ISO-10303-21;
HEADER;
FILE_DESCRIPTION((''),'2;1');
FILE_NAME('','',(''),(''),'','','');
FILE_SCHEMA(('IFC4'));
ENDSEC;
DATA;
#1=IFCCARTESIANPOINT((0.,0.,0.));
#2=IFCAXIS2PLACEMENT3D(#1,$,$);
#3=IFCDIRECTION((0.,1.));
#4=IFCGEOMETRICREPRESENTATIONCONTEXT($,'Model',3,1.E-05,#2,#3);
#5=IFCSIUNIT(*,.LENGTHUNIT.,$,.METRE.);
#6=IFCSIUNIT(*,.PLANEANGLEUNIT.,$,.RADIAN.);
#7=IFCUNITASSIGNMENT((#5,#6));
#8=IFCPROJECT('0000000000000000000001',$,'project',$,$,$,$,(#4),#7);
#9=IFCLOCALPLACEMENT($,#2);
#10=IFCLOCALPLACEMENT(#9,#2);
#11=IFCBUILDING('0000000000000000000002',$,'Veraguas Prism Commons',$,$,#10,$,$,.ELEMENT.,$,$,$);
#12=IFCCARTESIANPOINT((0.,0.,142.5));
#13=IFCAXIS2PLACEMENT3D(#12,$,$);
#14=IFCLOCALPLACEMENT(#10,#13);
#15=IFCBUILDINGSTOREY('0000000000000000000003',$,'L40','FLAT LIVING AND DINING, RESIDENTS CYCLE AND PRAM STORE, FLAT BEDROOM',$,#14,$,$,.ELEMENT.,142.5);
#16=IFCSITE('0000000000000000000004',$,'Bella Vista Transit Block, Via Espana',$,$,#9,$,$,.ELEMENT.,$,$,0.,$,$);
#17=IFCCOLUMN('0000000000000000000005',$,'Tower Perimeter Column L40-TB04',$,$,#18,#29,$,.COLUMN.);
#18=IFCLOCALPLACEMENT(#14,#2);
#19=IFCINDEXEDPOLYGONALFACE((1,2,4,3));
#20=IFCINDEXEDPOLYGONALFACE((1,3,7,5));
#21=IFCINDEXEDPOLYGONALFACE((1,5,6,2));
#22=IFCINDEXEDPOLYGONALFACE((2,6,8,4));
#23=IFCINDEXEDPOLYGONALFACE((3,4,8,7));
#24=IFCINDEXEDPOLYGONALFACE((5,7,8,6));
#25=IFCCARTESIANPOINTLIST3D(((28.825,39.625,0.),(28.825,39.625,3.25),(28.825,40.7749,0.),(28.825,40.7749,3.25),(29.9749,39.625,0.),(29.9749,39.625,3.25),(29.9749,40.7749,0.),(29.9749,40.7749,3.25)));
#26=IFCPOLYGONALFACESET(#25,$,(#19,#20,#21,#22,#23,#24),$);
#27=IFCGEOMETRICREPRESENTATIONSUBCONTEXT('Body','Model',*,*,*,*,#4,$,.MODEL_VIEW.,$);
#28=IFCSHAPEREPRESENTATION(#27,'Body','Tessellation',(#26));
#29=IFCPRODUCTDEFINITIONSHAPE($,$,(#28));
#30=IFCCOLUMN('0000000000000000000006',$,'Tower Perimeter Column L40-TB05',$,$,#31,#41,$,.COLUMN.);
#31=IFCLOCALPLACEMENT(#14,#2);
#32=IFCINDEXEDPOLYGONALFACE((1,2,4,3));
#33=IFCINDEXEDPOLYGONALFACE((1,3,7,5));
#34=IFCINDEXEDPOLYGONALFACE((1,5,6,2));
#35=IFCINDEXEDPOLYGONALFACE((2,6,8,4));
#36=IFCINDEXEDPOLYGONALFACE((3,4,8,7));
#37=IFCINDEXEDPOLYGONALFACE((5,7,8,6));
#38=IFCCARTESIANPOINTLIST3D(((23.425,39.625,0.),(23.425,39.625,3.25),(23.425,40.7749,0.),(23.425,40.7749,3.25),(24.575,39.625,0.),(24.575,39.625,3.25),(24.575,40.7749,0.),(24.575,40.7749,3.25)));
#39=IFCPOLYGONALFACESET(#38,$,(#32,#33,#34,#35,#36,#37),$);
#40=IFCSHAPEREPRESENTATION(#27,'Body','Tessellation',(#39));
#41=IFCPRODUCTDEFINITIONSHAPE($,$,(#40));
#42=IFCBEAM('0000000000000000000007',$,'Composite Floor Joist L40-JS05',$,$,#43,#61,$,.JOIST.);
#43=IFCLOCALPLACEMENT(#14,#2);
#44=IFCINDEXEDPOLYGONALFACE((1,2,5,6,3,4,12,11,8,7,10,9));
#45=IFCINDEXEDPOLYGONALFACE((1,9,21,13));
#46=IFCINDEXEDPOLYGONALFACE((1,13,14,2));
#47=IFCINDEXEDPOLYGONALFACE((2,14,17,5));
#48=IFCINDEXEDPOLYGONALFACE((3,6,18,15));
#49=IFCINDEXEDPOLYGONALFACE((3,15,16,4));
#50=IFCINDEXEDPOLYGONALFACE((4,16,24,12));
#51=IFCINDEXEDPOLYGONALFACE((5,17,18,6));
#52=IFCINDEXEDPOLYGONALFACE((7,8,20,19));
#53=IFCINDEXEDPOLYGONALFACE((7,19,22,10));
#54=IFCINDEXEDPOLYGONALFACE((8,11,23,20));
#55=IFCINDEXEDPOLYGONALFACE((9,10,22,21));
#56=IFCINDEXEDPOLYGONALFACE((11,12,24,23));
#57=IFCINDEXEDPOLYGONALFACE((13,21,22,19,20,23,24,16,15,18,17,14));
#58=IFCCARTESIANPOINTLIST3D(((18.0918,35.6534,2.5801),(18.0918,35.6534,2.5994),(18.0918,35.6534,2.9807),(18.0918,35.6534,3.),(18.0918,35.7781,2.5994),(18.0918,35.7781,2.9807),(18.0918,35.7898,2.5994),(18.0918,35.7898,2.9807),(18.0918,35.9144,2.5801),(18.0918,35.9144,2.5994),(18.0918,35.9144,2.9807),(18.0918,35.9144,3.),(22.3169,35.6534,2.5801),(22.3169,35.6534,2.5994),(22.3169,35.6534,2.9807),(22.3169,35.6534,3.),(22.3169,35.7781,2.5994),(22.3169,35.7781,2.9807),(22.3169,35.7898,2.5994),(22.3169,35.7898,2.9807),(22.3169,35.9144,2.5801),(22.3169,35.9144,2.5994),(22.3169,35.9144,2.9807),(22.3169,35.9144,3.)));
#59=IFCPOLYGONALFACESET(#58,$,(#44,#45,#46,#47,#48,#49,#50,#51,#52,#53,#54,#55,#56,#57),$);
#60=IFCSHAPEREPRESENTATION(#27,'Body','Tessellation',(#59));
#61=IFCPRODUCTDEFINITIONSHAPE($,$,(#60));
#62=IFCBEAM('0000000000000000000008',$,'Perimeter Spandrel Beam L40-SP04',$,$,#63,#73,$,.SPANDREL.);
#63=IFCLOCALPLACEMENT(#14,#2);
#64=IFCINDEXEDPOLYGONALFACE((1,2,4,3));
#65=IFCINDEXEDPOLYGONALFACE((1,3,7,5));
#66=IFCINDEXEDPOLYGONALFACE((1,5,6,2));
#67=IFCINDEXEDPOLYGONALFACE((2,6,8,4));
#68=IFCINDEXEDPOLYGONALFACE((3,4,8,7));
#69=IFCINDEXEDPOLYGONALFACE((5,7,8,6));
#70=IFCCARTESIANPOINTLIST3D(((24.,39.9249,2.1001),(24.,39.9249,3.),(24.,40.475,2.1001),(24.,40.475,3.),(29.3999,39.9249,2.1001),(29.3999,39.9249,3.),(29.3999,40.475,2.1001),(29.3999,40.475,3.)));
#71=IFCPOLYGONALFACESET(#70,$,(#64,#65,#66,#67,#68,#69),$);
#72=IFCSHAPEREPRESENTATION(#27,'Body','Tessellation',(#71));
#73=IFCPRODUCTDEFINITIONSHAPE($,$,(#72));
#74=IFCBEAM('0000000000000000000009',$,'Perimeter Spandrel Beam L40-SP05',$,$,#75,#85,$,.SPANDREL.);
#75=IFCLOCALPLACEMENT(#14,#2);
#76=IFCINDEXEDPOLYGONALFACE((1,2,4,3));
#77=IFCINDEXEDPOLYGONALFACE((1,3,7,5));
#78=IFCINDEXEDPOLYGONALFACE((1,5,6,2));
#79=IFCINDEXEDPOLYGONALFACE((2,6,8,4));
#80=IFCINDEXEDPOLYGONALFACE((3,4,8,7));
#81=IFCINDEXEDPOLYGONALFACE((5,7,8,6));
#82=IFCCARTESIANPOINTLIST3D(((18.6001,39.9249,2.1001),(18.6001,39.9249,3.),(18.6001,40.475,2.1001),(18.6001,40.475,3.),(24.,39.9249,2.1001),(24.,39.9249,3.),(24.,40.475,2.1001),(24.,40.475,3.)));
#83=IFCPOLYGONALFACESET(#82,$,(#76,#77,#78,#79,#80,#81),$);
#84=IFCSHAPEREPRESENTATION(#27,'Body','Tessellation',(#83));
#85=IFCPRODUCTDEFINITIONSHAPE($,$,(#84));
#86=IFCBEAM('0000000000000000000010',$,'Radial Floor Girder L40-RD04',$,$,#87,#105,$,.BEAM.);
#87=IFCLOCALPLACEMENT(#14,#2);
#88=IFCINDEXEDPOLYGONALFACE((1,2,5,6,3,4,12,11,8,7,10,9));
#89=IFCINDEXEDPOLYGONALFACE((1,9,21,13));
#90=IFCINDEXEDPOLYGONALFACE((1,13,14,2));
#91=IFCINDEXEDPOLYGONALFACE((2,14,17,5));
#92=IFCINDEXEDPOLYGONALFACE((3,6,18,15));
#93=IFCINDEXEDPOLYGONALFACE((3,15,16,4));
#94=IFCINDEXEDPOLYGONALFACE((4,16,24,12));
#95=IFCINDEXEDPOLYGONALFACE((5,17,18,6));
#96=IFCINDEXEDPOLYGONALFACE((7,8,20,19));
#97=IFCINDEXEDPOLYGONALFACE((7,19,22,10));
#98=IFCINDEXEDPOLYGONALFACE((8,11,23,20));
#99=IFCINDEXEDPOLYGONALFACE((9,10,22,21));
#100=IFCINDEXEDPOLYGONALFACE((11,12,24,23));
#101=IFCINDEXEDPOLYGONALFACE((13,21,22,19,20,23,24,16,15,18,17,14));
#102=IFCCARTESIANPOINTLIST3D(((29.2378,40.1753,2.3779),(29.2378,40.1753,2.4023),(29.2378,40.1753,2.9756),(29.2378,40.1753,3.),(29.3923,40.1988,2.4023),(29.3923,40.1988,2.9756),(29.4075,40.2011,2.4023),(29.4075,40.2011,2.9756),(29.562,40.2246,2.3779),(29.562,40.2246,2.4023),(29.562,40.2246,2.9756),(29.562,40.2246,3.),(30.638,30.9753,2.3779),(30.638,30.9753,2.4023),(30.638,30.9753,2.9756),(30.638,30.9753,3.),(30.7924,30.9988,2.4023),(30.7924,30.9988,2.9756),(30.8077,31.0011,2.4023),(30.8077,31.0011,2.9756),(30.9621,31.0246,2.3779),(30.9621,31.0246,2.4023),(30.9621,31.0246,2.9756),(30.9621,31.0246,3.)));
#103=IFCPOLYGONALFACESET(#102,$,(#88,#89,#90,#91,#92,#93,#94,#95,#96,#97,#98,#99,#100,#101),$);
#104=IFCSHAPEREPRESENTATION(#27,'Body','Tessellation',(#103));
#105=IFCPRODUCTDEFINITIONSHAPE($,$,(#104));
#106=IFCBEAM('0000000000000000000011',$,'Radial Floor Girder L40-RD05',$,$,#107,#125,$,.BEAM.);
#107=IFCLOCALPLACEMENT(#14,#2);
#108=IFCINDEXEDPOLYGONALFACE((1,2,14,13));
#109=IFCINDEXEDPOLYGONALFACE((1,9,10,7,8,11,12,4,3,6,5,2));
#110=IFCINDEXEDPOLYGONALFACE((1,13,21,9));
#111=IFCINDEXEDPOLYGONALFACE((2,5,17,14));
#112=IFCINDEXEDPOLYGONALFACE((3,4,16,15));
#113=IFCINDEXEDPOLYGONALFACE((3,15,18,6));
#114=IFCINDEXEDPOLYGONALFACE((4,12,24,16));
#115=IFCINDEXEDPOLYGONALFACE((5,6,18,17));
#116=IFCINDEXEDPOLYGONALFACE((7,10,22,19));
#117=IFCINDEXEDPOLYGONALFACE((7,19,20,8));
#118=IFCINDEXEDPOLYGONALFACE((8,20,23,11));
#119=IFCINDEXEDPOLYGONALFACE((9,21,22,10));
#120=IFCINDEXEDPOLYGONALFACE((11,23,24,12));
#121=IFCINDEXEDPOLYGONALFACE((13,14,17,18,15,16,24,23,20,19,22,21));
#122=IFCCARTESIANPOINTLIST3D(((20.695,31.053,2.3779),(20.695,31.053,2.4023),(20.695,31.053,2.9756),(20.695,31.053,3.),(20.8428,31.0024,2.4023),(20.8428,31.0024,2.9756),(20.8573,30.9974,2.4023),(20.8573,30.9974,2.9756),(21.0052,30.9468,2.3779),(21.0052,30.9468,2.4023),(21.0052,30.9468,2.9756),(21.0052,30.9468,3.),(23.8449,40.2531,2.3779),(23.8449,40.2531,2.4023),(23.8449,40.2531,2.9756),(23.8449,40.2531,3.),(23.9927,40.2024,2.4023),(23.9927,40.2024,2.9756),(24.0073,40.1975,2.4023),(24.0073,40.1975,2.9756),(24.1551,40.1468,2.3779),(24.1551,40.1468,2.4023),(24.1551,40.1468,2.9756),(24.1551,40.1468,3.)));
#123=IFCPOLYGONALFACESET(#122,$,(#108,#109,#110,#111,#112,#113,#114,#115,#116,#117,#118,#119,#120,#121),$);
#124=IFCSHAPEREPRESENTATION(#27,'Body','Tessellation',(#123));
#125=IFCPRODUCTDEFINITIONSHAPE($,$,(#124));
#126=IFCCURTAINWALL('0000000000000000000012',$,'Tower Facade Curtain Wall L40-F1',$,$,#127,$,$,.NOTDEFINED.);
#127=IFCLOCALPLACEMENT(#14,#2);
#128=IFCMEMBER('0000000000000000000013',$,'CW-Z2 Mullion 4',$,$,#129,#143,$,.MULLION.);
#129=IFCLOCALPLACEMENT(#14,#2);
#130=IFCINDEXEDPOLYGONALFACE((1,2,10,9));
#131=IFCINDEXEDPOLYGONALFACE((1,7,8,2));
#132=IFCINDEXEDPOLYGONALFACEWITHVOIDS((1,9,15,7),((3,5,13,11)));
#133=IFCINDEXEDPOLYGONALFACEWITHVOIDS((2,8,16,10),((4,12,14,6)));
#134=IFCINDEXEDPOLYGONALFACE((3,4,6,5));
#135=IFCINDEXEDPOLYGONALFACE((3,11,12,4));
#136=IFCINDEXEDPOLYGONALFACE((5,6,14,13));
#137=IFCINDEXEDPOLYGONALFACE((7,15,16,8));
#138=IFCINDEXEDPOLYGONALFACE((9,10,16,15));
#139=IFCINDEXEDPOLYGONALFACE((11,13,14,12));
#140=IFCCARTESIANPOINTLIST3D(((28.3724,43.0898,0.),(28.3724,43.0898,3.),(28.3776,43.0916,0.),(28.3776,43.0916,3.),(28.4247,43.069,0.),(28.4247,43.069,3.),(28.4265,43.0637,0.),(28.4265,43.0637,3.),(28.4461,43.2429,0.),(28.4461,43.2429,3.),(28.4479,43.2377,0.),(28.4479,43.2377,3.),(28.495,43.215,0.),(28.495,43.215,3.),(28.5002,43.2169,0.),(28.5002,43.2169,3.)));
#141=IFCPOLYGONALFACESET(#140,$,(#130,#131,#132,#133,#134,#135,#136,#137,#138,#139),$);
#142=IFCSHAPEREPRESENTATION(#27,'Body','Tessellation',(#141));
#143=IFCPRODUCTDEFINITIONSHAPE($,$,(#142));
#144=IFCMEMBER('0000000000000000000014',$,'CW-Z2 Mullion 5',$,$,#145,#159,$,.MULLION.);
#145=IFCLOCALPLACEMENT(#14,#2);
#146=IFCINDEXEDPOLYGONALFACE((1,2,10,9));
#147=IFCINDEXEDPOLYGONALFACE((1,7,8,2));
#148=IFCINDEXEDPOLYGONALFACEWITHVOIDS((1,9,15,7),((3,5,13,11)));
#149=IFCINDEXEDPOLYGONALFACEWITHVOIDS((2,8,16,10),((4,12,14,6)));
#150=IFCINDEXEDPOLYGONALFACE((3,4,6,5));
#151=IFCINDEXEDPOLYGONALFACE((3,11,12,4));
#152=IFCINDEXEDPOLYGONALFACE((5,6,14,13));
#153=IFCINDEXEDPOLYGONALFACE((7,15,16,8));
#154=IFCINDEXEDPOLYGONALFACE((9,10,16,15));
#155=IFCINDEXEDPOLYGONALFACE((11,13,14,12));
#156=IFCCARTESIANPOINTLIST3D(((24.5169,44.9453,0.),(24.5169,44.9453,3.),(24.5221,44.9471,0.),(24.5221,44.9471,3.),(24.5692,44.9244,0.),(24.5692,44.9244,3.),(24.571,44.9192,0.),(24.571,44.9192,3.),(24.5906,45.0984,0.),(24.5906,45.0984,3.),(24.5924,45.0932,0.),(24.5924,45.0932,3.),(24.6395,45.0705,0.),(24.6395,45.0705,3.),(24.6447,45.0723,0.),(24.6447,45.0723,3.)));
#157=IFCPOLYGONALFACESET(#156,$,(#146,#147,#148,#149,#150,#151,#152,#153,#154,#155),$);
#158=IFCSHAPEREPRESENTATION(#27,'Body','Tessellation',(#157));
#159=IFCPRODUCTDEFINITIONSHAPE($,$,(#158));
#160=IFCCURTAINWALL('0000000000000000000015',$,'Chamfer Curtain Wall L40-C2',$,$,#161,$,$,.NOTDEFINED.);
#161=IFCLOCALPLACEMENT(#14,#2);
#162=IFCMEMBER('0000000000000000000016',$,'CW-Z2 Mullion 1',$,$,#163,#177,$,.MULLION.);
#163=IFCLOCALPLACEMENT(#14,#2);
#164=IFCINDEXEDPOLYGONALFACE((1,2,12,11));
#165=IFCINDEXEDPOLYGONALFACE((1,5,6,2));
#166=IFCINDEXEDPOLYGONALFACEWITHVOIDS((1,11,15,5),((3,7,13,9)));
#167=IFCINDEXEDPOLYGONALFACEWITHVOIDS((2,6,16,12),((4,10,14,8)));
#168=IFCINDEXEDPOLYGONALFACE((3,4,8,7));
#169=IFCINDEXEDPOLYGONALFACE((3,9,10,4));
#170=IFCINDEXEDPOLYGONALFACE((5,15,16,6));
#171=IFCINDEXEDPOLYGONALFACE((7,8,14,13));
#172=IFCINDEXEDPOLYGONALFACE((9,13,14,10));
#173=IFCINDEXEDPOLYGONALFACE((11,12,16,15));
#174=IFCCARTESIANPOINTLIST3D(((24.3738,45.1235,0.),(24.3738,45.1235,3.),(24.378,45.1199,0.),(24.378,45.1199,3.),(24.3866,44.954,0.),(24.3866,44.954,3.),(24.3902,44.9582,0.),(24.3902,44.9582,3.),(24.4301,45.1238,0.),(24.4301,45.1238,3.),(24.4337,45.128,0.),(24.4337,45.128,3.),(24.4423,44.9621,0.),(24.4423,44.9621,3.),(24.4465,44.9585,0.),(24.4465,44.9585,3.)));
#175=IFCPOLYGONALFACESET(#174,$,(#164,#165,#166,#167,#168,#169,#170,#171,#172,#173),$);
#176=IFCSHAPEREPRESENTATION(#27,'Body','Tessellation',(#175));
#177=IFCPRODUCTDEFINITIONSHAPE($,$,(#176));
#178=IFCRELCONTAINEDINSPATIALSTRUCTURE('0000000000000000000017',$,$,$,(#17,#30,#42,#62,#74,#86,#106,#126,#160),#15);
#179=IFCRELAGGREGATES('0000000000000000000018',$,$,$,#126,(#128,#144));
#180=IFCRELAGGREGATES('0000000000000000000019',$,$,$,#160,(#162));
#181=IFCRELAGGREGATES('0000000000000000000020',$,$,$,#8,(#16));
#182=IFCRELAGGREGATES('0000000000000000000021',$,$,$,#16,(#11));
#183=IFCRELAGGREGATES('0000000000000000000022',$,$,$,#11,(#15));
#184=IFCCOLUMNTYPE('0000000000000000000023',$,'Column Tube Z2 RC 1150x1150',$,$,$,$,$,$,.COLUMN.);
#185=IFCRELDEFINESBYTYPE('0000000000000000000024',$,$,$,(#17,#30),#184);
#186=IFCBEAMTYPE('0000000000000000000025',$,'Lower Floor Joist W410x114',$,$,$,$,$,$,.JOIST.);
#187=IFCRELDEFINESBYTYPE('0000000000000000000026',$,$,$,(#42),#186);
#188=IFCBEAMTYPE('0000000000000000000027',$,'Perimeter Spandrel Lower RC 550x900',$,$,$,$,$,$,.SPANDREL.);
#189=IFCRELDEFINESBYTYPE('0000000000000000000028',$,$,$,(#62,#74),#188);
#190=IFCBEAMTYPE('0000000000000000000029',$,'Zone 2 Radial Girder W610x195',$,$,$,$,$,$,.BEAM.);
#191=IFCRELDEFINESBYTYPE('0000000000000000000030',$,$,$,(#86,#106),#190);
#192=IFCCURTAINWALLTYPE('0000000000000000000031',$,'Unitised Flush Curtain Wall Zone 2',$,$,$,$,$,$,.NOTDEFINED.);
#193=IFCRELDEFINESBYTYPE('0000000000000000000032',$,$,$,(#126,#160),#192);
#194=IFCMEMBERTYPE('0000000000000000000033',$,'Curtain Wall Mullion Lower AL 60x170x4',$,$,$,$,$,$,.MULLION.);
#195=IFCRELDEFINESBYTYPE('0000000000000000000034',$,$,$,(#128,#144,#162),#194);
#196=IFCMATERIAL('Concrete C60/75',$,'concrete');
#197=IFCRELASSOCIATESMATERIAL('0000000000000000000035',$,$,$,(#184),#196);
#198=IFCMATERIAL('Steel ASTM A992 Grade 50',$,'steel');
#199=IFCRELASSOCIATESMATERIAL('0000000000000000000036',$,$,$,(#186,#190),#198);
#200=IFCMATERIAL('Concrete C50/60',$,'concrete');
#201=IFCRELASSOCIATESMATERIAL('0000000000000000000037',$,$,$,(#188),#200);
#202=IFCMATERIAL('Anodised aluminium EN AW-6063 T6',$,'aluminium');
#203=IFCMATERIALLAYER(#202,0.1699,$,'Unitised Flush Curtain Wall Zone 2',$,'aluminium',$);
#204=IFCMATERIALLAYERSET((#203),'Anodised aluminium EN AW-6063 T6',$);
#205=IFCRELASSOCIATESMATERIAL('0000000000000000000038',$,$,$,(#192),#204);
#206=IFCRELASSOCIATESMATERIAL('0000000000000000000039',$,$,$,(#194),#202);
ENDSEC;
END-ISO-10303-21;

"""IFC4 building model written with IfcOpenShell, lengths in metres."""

from ifc_helpers import new_model, si_unit, direction, frame, origin, origin_2d, place, context, subcontext, project, spatial, rectangle, hollow_rectangle, i_section, extrude, source, transform, mapped, material, layer, layer_set, material_profile, profile_set, type_object, element, aggregate, save


model = new_model("IFC4")

# Units and contexts
model_context = context("Model", 3, precision=1e-05, world=origin(), true_north=direction((0.0, 1.0)))
body_context = subcontext(model_context, "Body", "Model", "MODEL_VIEW")
ifc_project = project(units=[si_unit("LENGTHUNIT", "METRE"), si_unit("PLANEANGLEUNIT", "RADIAN")], contexts=[model_context])

# Site, building, storey
site_placement = place(None, origin())
site = spatial("IfcSite", under=ifc_project, at=site_placement, Name="Bella Vista Transit Block, Via Espana", CompositionType="ELEMENT", RefElevation=0.0)
building_placement = place(site_placement, origin())
building = spatial("IfcBuilding", under=site, at=building_placement, Name="Veraguas Prism Commons", CompositionType="ELEMENT")
storey_placement = place(building_placement, frame((0.0, 0.0, 142.5)))
storey = spatial("IfcBuildingStorey", under=building, at=storey_placement, Name="L40", Description="FLAT LIVING AND DINING, RESIDENTS CYCLE AND PRAM STORE, FLAT BEDROOM", CompositionType="ELEMENT", Elevation=142.5)

# Columns
ifc_material_1 = material(Name="Concrete C60/75", Category="concrete")
ifc_material_profile_1 = material_profile(ifc_material_1, rectangle(XDim=1.1499, YDim=1.1499, at=origin_2d()), Name="RC1150X1150")
ifc_profile_set_1 = profile_set([ifc_material_profile_1], Name="Concrete C60/75")
column_type = type_object("IfcColumnType", Name="Column Tube Z2 RC 1150x1150", PredefinedType="COLUMN", material=ifc_profile_set_1)
for number, where, z_axis, x_axis, name in (
    (1, (29.3999, 40.2, 0.0), (0.0, 0.0, 1.0), (1.0, 0.0, 0.0), "Tower Perimeter Column L40-TB04"),
    (2, (24.0, 40.2, 0.0), (0.0, 0.0, 1.0), (1.0, 0.0, 0.0), "Tower Perimeter Column L40-TB05"),
):
    element("IfcColumn", number, at=place(storey_placement, frame(where, z_axis=z_axis, x_axis=x_axis)), inside=storey, type_object=column_type, Name=name, PredefinedType="COLUMN", context=body_context, shape_type="SweptSolid", body=[
        extrude(rectangle(XDim=1.1499, YDim=1.1499, at=origin_2d()), origin(), (0.0, 0.0, 1.0), 3.25),
    ])

# Beams
ifc_material_2 = material(Name="Steel ASTM A992 Grade 50", Category="steel")
ifc_material_profile_2 = material_profile(ifc_material_2, i_section(OverallWidth=0.261, OverallDepth=0.4199, WebThickness=0.0117, FlangeThickness=0.0193, at=origin_2d()), Name="W410X114")
ifc_profile_set_2 = profile_set([ifc_material_profile_2], Name="Steel ASTM A992 Grade 50")
beam_type_1 = type_object("IfcBeamType", Name="Lower Floor Joist W410x114", PredefinedType="JOIST", material=ifc_profile_set_2)
beam_1_placement = place(storey_placement, frame((22.3169, 35.7839, 2.79), z_axis=(-1.0, 0.0, 0.0), x_axis=(0.0, -1.0, 0.0)))
element("IfcBeam", 3, at=beam_1_placement, inside=storey, type_object=beam_type_1, Name="Composite Floor Joist L40-JS05", PredefinedType="JOIST", context=body_context, shape_type="SweptSolid", body=[
    extrude(i_section(OverallWidth=0.261, OverallDepth=0.4199, WebThickness=0.0117, FlangeThickness=0.0193, at=origin_2d()), origin(), (0.0, 0.0, 1.0), 4.2251),
])
ifc_material_3 = material(Name="Concrete C50/60", Category="concrete")
ifc_material_profile_3 = material_profile(ifc_material_3, rectangle(XDim=0.55, YDim=0.8999, at=origin_2d()), Name="RC550X900")
ifc_profile_set_3 = profile_set([ifc_material_profile_3], Name="Concrete C50/60")
beam_type_2 = type_object("IfcBeamType", Name="Perimeter Spandrel Lower RC 550x900", PredefinedType="SPANDREL", material=ifc_profile_set_3)
for number, where, z_axis, x_axis, name in (
    (4, (29.3999, 40.2, 2.55), (-1.0, 0.0, 0.0), (0.0, -1.0, 0.0), "Perimeter Spandrel Beam L40-SP04"),
    (5, (24.0, 40.2, 2.55), (-1.0, 0.0, 0.0), (0.0, -1.0, 0.0), "Perimeter Spandrel Beam L40-SP05"),
):
    element("IfcBeam", number, at=place(storey_placement, frame(where, z_axis=z_axis, x_axis=x_axis)), inside=storey, type_object=beam_type_2, Name=name, PredefinedType="SPANDREL", context=body_context, shape_type="SweptSolid", body=[
        extrude(rectangle(XDim=0.55, YDim=0.8999, at=origin_2d()), origin(), (0.0, 0.0, 1.0), 5.3999),
    ])
ifc_material_profile_4 = material_profile(ifc_material_2, i_section(OverallWidth=0.3279, OverallDepth=0.6221, WebThickness=0.0154, FlangeThickness=0.0244, at=origin_2d()), Name="W610X195")
ifc_profile_set_4 = profile_set([ifc_material_profile_4], Name="Steel ASTM A992 Grade 50")
beam_type_3 = type_object("IfcBeamType", Name="Zone 2 Radial Girder W610x195", PredefinedType="BEAM", material=ifc_profile_set_4)
beam_2_placement = place(storey_placement, frame((29.3999, 40.2, 2.689), z_axis=(0.150458, -0.988616, 0.0), x_axis=(0.988616, 0.150458, 0.0)))
element("IfcBeam", 6, at=beam_2_placement, inside=storey, type_object=beam_type_3, Name="Radial Floor Girder L40-RD04", PredefinedType="BEAM", context=body_context, shape_type="SweptSolid", body=[
    extrude(i_section(OverallWidth=0.3279, OverallDepth=0.6221, WebThickness=0.0154, FlangeThickness=0.0244, at=origin_2d()), origin(), (0.0, 0.0, 1.0), 9.3059),
])
beam_3_placement = place(storey_placement, frame((24.0, 40.2, 2.689), z_axis=(-0.323922, -0.946084, 0.0), x_axis=(0.946084, -0.323922, 0.0)))
element("IfcBeam", 7, at=beam_3_placement, inside=storey, type_object=beam_type_3, Name="Radial Floor Girder L40-RD05", PredefinedType="BEAM", context=body_context, shape_type="SweptSolid", body=[
    extrude(i_section(OverallWidth=0.3279, OverallDepth=0.6221, WebThickness=0.0154, FlangeThickness=0.0244, at=origin_2d()), origin(), (0.0, 0.0, 1.0), 9.7244),
])

# Curtain walls, members
ifc_material_4 = material(Name="Anodised aluminium EN AW-6063 T6", Category="aluminium")
ifc_layer_1 = layer(ifc_material_4, 0.1699, Name="Unitised Flush Curtain Wall Zone 2", Category="aluminium")
ifc_layer_set_1 = layer_set([ifc_layer_1], Name="Anodised aluminium EN AW-6063 T6")
curtain_wall_type = type_object("IfcCurtainWallType", Name="Unitised Flush Curtain Wall Zone 2", PredefinedType="NOTDEFINED", material=ifc_layer_set_1)
curtain_wall_1_placement = place(storey_placement, origin())
curtain_wall_1 = element("IfcCurtainWall", 8, at=curtain_wall_1_placement, inside=storey, type_object=curtain_wall_type, Name="Tower Facade Curtain Wall L40-F1", PredefinedType="NOTDEFINED")
ifc_material_profile_5 = material_profile(ifc_material_4, hollow_rectangle(XDim=0.0601, YDim=0.1699, WallThickness=0.0039, at=origin_2d()), Name="AL60X170X4")
ifc_profile_set_5 = profile_set([ifc_material_profile_5], Name="Anodised aluminium EN AW-6063 T6")
member_type_1 = type_object("IfcMemberType", Name="Curtain Wall Mullion Lower AL 60x170x4", PredefinedType="MULLION", material=ifc_profile_set_5)
shared_shape_1 = source(origin(), body_context, "Body", "SweptSolid", [
    extrude(hollow_rectangle(XDim=0.0601, YDim=0.1699, WallThickness=0.0039, at=origin_2d()), origin(), (0.0, 0.0, 1.0), 3.0),
])
member_1_placement = place(storey_placement, frame((28.4363, 43.1533, 0.0), z_axis=(0.0, 0.0, 1.0), x_axis=(-0.901076, 0.433662, 0.0)))
member_1 = element("IfcMember", 9, at=member_1_placement, type_object=member_type_1, Name="CW-Z2 Mullion 4", PredefinedType="MULLION", context=body_context, shape_type="MappedRepresentation", body=[
    mapped(shared_shape_1, transform((0.0, 0.0, 0.0), scale=1.0)),
])
member_2_placement = place(storey_placement, frame((24.5808, 45.0088, 0.0), z_axis=(0.0, 0.0, 1.0), x_axis=(-0.901076, 0.433662, 0.0)))
member_2 = element("IfcMember", 10, at=member_2_placement, type_object=member_type_1, Name="CW-Z2 Mullion 5", PredefinedType="MULLION", context=body_context, shape_type="MappedRepresentation", body=[
    mapped(shared_shape_1, transform((0.0, 0.0, 0.0), scale=1.0)),
])
curtain_wall_2_placement = place(storey_placement, origin())
curtain_wall_2 = element("IfcCurtainWall", 11, at=curtain_wall_2_placement, inside=storey, type_object=curtain_wall_type, Name="Chamfer Curtain Wall L40-C2", PredefinedType="NOTDEFINED")
member_3_placement = place(storey_placement, frame((24.4102, 45.041, 0.0), z_axis=(0.0, 0.0, 1.0), x_axis=(-0.997185, -0.074979, 0.0)))
member_3 = element("IfcMember", 12, at=member_3_placement, type_object=member_type_1, Name="CW-Z2 Mullion 1", PredefinedType="MULLION", context=body_context, shape_type="MappedRepresentation", body=[
    mapped(shared_shape_1, transform((0.0, 0.0, 0.0), scale=1.0)),
])

aggregate(curtain_wall_1, [member_1, member_2])
aggregate(curtain_wall_2, [member_3])

save(model, "model.ifc")
